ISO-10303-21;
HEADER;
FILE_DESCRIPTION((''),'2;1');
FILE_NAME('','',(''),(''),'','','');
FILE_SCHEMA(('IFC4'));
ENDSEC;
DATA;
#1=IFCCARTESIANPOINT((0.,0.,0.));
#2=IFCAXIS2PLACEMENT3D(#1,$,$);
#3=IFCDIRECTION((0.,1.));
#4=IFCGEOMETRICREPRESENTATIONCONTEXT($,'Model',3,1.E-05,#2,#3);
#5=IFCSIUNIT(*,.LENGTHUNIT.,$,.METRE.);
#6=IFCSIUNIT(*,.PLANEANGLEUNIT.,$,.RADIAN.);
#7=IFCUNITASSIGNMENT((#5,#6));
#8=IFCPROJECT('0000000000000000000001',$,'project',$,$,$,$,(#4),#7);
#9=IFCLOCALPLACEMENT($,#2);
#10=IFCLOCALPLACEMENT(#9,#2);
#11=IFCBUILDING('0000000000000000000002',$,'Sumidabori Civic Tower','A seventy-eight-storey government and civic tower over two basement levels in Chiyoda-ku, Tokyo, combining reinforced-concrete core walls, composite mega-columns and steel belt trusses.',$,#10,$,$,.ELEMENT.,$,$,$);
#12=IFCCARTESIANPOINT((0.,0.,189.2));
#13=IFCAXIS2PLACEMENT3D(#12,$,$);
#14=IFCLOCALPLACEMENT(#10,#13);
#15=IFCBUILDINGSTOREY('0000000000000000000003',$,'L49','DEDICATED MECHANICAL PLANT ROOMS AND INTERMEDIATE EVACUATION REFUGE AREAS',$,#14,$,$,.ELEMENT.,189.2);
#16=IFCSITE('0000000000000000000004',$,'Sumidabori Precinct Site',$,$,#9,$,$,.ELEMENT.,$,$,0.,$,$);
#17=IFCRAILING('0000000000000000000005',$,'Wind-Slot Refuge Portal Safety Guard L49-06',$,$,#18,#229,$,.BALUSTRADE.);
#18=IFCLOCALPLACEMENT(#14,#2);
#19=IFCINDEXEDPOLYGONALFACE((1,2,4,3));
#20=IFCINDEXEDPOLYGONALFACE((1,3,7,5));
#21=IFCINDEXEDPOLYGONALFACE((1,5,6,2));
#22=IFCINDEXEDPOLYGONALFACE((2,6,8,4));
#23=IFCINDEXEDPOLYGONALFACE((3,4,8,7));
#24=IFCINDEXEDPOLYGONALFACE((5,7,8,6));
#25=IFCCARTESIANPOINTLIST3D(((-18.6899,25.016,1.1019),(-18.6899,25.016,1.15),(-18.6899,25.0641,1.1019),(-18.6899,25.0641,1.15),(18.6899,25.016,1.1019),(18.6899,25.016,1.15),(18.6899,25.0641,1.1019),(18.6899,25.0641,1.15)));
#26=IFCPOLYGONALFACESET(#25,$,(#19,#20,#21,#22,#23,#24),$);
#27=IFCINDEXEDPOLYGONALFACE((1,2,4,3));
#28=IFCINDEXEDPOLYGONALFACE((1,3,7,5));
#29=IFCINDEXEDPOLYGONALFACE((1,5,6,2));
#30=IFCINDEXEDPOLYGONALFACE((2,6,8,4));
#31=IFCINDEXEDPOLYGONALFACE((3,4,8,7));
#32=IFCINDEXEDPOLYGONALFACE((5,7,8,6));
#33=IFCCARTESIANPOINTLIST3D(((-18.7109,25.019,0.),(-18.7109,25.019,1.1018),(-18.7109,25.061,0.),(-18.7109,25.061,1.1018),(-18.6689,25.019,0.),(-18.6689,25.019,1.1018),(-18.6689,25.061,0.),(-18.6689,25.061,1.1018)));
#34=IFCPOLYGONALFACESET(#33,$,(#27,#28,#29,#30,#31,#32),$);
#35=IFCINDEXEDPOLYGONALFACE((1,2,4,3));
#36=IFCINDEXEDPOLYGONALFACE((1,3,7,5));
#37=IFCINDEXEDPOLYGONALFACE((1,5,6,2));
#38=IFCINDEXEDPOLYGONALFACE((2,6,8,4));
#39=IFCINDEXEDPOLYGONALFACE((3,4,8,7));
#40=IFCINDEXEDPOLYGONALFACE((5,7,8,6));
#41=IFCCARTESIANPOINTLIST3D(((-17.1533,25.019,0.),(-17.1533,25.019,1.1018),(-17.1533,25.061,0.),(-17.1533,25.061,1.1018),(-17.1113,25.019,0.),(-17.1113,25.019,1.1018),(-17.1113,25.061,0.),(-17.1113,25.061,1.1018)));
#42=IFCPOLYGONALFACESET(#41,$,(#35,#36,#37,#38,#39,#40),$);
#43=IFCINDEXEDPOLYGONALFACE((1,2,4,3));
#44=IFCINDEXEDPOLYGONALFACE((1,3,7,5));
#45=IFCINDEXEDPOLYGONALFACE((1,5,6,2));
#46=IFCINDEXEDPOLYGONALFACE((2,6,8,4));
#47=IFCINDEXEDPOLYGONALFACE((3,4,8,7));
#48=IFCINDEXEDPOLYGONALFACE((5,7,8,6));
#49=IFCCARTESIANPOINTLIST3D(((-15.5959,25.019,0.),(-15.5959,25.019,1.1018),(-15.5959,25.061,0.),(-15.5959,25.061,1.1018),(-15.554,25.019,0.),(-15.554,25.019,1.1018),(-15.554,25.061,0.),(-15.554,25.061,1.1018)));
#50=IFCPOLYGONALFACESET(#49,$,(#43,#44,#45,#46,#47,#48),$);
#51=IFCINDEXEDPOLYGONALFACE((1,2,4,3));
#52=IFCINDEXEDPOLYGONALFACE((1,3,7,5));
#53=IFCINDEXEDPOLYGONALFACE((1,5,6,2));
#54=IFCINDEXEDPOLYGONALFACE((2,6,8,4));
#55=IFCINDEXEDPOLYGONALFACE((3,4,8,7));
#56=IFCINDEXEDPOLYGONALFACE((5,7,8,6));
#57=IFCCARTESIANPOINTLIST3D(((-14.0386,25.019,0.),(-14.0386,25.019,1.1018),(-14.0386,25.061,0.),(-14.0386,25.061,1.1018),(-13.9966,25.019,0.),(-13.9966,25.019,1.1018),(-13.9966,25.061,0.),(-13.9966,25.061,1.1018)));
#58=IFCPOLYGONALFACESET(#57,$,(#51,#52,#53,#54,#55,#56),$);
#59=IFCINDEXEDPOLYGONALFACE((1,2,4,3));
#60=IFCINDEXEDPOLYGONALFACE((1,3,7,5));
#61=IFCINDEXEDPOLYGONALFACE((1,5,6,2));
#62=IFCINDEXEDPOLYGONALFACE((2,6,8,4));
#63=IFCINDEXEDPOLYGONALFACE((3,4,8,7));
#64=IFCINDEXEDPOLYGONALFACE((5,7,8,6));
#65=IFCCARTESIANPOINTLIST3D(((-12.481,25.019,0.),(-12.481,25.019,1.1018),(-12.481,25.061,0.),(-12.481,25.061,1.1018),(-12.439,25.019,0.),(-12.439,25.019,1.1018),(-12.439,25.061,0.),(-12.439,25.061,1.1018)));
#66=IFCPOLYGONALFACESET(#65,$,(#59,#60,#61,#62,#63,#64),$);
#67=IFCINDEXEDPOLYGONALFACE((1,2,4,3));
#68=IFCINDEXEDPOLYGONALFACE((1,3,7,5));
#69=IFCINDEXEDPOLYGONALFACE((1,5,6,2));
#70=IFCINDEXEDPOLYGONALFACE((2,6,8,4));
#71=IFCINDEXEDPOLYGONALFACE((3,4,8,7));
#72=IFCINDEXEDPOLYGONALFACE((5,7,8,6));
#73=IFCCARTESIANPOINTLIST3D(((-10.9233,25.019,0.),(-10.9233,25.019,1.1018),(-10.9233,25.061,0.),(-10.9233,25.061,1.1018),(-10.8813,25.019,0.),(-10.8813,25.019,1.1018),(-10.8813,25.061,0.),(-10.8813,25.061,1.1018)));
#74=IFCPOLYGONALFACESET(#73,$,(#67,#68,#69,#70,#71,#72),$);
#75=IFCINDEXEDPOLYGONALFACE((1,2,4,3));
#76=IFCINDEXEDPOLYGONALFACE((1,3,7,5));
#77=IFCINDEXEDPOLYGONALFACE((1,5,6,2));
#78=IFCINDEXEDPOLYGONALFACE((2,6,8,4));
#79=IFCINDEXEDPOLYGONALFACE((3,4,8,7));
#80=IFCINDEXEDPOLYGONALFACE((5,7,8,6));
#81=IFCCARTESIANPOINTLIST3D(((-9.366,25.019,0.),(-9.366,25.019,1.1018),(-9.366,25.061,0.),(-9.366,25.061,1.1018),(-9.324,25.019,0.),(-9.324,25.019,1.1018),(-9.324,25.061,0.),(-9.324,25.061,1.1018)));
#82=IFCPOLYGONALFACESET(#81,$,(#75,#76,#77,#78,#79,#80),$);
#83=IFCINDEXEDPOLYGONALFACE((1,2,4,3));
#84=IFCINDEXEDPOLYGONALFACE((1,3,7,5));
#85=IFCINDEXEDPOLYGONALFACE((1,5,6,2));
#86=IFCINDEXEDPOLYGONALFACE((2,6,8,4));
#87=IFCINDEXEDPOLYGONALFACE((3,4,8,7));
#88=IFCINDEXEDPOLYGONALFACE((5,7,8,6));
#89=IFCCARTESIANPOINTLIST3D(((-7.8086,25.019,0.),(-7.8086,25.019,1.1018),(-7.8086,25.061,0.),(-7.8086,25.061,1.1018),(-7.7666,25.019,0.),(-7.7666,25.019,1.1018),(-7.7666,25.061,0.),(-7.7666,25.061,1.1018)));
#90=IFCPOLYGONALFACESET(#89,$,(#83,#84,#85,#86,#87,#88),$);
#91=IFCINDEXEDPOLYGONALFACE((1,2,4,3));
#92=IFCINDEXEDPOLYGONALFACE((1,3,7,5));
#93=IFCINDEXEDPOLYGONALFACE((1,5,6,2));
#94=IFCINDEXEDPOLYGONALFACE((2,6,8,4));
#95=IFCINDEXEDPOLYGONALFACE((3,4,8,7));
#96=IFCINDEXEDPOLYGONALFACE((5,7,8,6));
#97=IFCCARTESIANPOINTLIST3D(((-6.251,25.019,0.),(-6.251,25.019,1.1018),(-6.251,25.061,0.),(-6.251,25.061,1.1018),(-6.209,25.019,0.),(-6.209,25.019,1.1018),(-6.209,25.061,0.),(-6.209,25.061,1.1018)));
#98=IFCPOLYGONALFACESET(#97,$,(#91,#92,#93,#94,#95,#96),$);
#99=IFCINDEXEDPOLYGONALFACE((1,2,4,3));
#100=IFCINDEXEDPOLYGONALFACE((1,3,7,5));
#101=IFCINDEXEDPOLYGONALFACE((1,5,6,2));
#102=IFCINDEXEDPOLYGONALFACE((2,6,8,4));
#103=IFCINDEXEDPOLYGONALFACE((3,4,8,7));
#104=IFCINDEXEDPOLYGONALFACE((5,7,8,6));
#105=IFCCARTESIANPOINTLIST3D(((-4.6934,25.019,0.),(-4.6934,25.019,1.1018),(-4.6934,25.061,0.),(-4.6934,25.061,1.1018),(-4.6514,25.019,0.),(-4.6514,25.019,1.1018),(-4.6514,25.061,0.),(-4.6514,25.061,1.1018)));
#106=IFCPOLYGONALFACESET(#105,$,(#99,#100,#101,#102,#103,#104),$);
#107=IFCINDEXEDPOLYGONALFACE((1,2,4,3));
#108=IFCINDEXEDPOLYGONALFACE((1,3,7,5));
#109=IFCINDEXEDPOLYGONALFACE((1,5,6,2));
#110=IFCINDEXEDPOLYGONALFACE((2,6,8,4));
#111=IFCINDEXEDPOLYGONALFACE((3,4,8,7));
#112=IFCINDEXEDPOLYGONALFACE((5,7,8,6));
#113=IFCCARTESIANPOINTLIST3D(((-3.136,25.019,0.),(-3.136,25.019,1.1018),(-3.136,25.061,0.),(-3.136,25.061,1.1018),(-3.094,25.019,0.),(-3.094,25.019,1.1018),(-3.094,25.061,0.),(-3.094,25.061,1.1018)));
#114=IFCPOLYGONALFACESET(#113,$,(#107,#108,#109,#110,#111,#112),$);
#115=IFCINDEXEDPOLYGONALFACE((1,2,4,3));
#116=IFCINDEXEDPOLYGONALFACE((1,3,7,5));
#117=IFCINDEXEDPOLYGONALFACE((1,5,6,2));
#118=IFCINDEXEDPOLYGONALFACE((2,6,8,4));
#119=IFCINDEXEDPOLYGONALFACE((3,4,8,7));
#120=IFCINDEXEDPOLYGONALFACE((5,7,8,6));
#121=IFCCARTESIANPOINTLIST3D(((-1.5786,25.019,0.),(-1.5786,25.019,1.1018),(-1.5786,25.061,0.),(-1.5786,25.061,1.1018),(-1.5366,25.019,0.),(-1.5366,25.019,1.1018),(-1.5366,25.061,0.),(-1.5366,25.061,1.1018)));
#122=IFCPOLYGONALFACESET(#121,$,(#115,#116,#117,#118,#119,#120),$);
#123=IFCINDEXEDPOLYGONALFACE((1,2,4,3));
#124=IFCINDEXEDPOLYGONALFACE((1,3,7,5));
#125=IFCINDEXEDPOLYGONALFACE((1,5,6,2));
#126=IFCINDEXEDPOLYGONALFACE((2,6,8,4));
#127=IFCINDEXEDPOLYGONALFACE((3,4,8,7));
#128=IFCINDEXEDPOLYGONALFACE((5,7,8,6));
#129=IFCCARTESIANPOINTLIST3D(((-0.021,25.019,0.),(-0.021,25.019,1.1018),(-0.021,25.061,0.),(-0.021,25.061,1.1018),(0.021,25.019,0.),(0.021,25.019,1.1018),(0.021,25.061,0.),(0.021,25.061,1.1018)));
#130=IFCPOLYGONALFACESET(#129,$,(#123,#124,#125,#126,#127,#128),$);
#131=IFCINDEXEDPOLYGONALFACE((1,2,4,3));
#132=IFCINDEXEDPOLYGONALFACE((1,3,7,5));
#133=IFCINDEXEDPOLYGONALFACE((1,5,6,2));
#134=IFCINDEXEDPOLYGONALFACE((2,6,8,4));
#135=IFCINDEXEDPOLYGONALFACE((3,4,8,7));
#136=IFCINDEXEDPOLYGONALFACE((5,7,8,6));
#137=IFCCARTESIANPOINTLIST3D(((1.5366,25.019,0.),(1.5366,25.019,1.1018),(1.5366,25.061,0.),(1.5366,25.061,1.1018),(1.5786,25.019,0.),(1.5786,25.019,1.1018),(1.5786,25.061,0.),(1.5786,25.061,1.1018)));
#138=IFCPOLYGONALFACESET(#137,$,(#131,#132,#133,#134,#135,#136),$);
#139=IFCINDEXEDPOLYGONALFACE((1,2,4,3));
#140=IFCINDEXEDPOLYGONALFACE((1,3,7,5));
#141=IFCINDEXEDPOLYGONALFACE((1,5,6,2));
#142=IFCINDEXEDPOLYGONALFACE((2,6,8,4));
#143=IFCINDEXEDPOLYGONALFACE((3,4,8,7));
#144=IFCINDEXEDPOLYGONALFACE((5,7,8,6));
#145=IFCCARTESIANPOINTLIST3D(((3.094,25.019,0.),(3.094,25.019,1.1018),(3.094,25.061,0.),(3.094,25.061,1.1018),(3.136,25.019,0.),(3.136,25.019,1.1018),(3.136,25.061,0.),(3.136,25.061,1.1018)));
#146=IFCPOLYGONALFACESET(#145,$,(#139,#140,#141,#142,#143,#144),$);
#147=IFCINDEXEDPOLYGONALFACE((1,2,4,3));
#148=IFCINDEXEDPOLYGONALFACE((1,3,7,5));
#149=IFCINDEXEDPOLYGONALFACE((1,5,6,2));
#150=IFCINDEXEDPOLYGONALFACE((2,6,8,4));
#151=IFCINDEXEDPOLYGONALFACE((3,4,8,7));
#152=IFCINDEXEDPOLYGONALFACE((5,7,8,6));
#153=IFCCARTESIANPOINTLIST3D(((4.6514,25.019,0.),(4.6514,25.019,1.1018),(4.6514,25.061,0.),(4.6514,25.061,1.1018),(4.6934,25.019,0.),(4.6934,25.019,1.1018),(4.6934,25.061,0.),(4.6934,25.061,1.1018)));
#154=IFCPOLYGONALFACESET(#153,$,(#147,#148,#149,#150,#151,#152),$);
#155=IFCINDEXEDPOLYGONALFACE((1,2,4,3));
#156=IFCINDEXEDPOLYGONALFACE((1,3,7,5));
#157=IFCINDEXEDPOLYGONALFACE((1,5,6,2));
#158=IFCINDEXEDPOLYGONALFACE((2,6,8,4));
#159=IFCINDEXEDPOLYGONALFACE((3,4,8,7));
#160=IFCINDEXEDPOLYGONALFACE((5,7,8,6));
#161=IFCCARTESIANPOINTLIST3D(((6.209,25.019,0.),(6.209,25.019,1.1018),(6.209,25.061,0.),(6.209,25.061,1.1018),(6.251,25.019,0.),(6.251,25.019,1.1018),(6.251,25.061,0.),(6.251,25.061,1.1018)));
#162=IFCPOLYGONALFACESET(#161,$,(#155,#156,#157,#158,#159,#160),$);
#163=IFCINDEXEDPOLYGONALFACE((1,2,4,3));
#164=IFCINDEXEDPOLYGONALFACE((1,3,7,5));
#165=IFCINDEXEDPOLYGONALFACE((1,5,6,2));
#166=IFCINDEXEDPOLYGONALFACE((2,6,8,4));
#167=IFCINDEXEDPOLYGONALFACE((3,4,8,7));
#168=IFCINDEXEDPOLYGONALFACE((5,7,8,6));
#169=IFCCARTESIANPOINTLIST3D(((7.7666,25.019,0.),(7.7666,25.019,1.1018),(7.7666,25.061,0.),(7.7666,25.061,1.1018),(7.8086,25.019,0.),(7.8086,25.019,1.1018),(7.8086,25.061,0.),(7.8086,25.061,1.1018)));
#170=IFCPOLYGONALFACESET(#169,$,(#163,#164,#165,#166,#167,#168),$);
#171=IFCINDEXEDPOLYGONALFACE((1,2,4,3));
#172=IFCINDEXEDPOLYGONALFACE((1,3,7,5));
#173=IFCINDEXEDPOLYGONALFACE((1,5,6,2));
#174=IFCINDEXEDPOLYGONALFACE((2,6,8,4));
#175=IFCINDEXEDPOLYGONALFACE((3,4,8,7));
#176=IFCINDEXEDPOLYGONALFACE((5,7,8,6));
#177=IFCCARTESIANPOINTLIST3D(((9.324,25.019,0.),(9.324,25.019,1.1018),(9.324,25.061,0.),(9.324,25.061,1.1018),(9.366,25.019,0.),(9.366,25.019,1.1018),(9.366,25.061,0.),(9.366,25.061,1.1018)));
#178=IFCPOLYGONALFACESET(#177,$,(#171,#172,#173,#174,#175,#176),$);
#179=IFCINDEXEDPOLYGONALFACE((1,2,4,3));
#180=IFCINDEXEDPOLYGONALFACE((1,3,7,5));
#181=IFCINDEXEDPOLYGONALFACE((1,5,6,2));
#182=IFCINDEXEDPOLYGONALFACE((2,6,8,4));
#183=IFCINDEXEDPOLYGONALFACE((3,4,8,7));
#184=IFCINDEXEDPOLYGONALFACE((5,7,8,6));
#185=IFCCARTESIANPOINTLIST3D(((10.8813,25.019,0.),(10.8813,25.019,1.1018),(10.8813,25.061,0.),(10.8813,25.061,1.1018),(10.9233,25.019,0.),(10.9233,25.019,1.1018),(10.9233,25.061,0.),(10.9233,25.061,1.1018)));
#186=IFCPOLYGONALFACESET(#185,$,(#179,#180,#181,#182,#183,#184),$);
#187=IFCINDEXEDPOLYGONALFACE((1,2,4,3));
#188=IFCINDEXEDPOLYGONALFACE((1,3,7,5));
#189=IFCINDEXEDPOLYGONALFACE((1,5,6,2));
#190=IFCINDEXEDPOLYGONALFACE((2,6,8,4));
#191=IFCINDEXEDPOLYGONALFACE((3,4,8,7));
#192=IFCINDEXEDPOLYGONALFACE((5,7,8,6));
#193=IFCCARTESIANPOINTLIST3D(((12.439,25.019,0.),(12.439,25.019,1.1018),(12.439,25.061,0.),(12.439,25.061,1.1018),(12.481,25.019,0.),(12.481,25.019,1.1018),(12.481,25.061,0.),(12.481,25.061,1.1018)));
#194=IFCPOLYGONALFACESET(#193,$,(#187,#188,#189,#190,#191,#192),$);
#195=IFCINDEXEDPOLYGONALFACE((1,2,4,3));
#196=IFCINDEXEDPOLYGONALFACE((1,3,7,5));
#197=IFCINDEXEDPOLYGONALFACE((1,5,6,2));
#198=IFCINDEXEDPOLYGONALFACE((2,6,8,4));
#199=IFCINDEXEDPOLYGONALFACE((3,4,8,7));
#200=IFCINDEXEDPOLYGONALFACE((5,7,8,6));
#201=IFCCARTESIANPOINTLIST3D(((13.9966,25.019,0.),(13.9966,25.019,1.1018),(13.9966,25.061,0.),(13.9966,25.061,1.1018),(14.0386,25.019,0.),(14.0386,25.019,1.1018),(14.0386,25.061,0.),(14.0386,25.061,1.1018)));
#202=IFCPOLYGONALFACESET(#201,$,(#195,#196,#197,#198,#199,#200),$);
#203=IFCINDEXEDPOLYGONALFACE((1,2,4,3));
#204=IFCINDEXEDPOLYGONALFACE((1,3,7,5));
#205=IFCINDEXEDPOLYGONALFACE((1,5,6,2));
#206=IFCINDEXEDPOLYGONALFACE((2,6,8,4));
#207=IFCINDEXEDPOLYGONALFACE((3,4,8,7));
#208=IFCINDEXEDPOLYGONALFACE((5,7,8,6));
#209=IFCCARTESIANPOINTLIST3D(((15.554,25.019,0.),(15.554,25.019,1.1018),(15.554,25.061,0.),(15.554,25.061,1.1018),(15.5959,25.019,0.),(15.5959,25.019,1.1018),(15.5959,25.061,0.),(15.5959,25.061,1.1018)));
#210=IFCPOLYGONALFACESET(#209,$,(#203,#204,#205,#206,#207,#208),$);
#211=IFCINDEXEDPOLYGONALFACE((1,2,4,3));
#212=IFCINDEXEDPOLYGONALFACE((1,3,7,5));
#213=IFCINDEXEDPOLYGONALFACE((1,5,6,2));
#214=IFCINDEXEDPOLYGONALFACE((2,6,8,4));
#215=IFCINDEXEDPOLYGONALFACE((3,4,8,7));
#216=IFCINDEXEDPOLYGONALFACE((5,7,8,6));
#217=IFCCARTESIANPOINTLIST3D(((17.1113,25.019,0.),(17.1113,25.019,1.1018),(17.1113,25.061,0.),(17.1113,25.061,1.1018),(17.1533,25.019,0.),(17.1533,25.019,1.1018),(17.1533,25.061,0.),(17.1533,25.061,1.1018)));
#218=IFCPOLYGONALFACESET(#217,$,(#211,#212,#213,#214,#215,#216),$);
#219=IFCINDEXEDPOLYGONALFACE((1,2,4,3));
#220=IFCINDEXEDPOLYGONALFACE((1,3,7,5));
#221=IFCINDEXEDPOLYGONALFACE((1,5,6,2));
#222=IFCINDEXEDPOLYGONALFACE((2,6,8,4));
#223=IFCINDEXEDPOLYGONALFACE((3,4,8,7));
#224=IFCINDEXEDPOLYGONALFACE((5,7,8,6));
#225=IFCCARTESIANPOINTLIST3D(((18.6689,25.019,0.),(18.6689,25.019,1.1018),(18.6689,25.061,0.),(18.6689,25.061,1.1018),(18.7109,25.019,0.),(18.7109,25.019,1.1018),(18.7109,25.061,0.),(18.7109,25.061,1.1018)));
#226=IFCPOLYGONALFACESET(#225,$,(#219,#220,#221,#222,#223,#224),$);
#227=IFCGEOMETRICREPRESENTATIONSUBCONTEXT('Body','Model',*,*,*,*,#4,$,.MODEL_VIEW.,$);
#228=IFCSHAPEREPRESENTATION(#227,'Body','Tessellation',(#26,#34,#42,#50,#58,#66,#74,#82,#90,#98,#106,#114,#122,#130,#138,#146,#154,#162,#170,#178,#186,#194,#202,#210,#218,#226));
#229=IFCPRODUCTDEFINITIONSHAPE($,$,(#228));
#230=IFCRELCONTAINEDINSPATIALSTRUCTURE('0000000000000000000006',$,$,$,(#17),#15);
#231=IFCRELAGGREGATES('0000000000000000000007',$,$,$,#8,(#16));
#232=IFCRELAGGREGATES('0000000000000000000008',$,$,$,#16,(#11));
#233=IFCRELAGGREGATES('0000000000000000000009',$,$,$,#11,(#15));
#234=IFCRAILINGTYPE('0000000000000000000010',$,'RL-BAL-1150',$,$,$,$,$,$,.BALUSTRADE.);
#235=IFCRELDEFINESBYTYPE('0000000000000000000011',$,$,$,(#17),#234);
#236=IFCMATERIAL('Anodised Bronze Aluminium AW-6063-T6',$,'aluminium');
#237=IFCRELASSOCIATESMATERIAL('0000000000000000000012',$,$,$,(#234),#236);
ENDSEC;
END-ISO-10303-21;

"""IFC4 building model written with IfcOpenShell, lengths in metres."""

from ifc_helpers import new_model, si_unit, direction, frame, origin, origin_2d, place, context, subcontext, project, spatial, rectangle, extrude, material, type_object, element, save


model = new_model("IFC4")

# Units and contexts
model_context = context("Model", 3, precision=1e-05, world=origin(), true_north=direction((0.0, 1.0)))
body_context = subcontext(model_context, "Body", "Model", "MODEL_VIEW")
ifc_project = project(units=[si_unit("LENGTHUNIT", "METRE"), si_unit("PLANEANGLEUNIT", "RADIAN")], contexts=[model_context])

# Site, building, storey
site_placement = place(None, origin())
site = spatial("IfcSite", under=ifc_project, at=site_placement, Name="Sumidabori Precinct Site", CompositionType="ELEMENT", RefElevation=0.0)
building_placement = place(site_placement, origin())
building = spatial("IfcBuilding", under=site, at=building_placement, Name="Sumidabori Civic Tower", Description="A seventy-eight-storey government and civic tower over two basement levels in Chiyoda-ku, Tokyo, combining reinforced-concrete core walls, composite mega-columns and steel belt trusses.", CompositionType="ELEMENT")
storey_placement = place(building_placement, frame((0.0, 0.0, 189.2)))
storey = spatial("IfcBuildingStorey", under=building, at=storey_placement, Name="L49", Description="DEDICATED MECHANICAL PLANT ROOMS AND INTERMEDIATE EVACUATION REFUGE AREAS", CompositionType="ELEMENT", Elevation=189.2)

# Railing
ifc_material_1 = material(Name="Anodised Bronze Aluminium AW-6063-T6", Category="aluminium")
railing_type = type_object("IfcRailingType", Name="RL-BAL-1150", PredefinedType="BALUSTRADE", material=ifc_material_1)
railing_1_placement = place(storey_placement, frame((-18.6899, 25.04, 0.0)))
element("IfcRailing", 1, at=railing_1_placement, inside=storey, type_object=railing_type, Name="Wind-Slot Refuge Portal Safety Guard L49-06", PredefinedType="BALUSTRADE", context=body_context, shape_type="SweptSolid", body=[
    extrude(rectangle(XDim=0.0481, YDim=0.0481, at=origin_2d()), frame((0.0, 0.0, 1.126), z_axis=(1.0, 0.0, 0.0), x_axis=(0.0, 1.0, 0.0)), (0.0, 0.0, 1.0), 37.3799),
    extrude(rectangle(XDim=0.042, YDim=0.042, at=origin_2d()), origin(), (0.0, 0.0, 1.0), 1.1018),
    extrude(rectangle(XDim=0.042, YDim=0.042, at=origin_2d()), frame((1.5576, 0.0, 0.0)), (0.0, 0.0, 1.0), 1.1018),
    extrude(rectangle(XDim=0.042, YDim=0.042, at=origin_2d()), frame((3.115, 0.0, 0.0)), (0.0, 0.0, 1.0), 1.1018),
    extrude(rectangle(XDim=0.042, YDim=0.042, at=origin_2d()), frame((4.6724, 0.0, 0.0)), (0.0, 0.0, 1.0), 1.1018),
    extrude(rectangle(XDim=0.042, YDim=0.042, at=origin_2d()), frame((6.23, 0.0, 0.0)), (0.0, 0.0, 1.0), 1.1018),
    extrude(rectangle(XDim=0.042, YDim=0.042, at=origin_2d()), frame((7.7876, 0.0, 0.0)), (0.0, 0.0, 1.0), 1.1018),
    extrude(rectangle(XDim=0.042, YDim=0.042, at=origin_2d()), frame((9.345, 0.0, 0.0)), (0.0, 0.0, 1.0), 1.1018),
    extrude(rectangle(XDim=0.042, YDim=0.042, at=origin_2d()), frame((10.9023, 0.0, 0.0)), (0.0, 0.0, 1.0), 1.1018),
    extrude(rectangle(XDim=0.042, YDim=0.042, at=origin_2d()), frame((12.46, 0.0, 0.0)), (0.0, 0.0, 1.0), 1.1018),
    extrude(rectangle(XDim=0.042, YDim=0.042, at=origin_2d()), frame((14.0176, 0.0, 0.0)), (0.0, 0.0, 1.0), 1.1018),
    extrude(rectangle(XDim=0.042, YDim=0.042, at=origin_2d()), frame((15.575, 0.0, 0.0)), (0.0, 0.0, 1.0), 1.1018),
    extrude(rectangle(XDim=0.042, YDim=0.042, at=origin_2d()), frame((17.1323, 0.0, 0.0)), (0.0, 0.0, 1.0), 1.1018),
    extrude(rectangle(XDim=0.042, YDim=0.042, at=origin_2d()), frame((18.6899, 0.0, 0.0)), (0.0, 0.0, 1.0), 1.1018),
    extrude(rectangle(XDim=0.042, YDim=0.042, at=origin_2d()), frame((20.2476, 0.0, 0.0)), (0.0, 0.0, 1.0), 1.1018),
    extrude(rectangle(XDim=0.042, YDim=0.042, at=origin_2d()), frame((21.8049, 0.0, 0.0)), (0.0, 0.0, 1.0), 1.1018),
    extrude(rectangle(XDim=0.042, YDim=0.042, at=origin_2d()), frame((23.3623, 0.0, 0.0)), (0.0, 0.0, 1.0), 1.1018),
    extrude(rectangle(XDim=0.042, YDim=0.042, at=origin_2d()), frame((24.9199, 0.0, 0.0)), (0.0, 0.0, 1.0), 1.1018),
    extrude(rectangle(XDim=0.042, YDim=0.042, at=origin_2d()), frame((26.4775, 0.0, 0.0)), (0.0, 0.0, 1.0), 1.1018),
    extrude(rectangle(XDim=0.042, YDim=0.042, at=origin_2d()), frame((28.0349, 0.0, 0.0)), (0.0, 0.0, 1.0), 1.1018),
    extrude(rectangle(XDim=0.042, YDim=0.042, at=origin_2d()), frame((29.5923, 0.0, 0.0)), (0.0, 0.0, 1.0), 1.1018),
    extrude(rectangle(XDim=0.042, YDim=0.042, at=origin_2d()), frame((31.1499, 0.0, 0.0)), (0.0, 0.0, 1.0), 1.1018),
    extrude(rectangle(XDim=0.042, YDim=0.042, at=origin_2d()), frame((32.7075, 0.0, 0.0)), (0.0, 0.0, 1.0), 1.1018),
    extrude(rectangle(XDim=0.042, YDim=0.042, at=origin_2d()), frame((34.2649, 0.0, 0.0)), (0.0, 0.0, 1.0), 1.1018),
    extrude(rectangle(XDim=0.042, YDim=0.042, at=origin_2d()), frame((35.8223, 0.0, 0.0)), (0.0, 0.0, 1.0), 1.1018),
    extrude(rectangle(XDim=0.042, YDim=0.042, at=origin_2d()), frame((37.3799, 0.0, 0.0)), (0.0, 0.0, 1.0), 1.1018),
])

save(model, "model.ifc")
